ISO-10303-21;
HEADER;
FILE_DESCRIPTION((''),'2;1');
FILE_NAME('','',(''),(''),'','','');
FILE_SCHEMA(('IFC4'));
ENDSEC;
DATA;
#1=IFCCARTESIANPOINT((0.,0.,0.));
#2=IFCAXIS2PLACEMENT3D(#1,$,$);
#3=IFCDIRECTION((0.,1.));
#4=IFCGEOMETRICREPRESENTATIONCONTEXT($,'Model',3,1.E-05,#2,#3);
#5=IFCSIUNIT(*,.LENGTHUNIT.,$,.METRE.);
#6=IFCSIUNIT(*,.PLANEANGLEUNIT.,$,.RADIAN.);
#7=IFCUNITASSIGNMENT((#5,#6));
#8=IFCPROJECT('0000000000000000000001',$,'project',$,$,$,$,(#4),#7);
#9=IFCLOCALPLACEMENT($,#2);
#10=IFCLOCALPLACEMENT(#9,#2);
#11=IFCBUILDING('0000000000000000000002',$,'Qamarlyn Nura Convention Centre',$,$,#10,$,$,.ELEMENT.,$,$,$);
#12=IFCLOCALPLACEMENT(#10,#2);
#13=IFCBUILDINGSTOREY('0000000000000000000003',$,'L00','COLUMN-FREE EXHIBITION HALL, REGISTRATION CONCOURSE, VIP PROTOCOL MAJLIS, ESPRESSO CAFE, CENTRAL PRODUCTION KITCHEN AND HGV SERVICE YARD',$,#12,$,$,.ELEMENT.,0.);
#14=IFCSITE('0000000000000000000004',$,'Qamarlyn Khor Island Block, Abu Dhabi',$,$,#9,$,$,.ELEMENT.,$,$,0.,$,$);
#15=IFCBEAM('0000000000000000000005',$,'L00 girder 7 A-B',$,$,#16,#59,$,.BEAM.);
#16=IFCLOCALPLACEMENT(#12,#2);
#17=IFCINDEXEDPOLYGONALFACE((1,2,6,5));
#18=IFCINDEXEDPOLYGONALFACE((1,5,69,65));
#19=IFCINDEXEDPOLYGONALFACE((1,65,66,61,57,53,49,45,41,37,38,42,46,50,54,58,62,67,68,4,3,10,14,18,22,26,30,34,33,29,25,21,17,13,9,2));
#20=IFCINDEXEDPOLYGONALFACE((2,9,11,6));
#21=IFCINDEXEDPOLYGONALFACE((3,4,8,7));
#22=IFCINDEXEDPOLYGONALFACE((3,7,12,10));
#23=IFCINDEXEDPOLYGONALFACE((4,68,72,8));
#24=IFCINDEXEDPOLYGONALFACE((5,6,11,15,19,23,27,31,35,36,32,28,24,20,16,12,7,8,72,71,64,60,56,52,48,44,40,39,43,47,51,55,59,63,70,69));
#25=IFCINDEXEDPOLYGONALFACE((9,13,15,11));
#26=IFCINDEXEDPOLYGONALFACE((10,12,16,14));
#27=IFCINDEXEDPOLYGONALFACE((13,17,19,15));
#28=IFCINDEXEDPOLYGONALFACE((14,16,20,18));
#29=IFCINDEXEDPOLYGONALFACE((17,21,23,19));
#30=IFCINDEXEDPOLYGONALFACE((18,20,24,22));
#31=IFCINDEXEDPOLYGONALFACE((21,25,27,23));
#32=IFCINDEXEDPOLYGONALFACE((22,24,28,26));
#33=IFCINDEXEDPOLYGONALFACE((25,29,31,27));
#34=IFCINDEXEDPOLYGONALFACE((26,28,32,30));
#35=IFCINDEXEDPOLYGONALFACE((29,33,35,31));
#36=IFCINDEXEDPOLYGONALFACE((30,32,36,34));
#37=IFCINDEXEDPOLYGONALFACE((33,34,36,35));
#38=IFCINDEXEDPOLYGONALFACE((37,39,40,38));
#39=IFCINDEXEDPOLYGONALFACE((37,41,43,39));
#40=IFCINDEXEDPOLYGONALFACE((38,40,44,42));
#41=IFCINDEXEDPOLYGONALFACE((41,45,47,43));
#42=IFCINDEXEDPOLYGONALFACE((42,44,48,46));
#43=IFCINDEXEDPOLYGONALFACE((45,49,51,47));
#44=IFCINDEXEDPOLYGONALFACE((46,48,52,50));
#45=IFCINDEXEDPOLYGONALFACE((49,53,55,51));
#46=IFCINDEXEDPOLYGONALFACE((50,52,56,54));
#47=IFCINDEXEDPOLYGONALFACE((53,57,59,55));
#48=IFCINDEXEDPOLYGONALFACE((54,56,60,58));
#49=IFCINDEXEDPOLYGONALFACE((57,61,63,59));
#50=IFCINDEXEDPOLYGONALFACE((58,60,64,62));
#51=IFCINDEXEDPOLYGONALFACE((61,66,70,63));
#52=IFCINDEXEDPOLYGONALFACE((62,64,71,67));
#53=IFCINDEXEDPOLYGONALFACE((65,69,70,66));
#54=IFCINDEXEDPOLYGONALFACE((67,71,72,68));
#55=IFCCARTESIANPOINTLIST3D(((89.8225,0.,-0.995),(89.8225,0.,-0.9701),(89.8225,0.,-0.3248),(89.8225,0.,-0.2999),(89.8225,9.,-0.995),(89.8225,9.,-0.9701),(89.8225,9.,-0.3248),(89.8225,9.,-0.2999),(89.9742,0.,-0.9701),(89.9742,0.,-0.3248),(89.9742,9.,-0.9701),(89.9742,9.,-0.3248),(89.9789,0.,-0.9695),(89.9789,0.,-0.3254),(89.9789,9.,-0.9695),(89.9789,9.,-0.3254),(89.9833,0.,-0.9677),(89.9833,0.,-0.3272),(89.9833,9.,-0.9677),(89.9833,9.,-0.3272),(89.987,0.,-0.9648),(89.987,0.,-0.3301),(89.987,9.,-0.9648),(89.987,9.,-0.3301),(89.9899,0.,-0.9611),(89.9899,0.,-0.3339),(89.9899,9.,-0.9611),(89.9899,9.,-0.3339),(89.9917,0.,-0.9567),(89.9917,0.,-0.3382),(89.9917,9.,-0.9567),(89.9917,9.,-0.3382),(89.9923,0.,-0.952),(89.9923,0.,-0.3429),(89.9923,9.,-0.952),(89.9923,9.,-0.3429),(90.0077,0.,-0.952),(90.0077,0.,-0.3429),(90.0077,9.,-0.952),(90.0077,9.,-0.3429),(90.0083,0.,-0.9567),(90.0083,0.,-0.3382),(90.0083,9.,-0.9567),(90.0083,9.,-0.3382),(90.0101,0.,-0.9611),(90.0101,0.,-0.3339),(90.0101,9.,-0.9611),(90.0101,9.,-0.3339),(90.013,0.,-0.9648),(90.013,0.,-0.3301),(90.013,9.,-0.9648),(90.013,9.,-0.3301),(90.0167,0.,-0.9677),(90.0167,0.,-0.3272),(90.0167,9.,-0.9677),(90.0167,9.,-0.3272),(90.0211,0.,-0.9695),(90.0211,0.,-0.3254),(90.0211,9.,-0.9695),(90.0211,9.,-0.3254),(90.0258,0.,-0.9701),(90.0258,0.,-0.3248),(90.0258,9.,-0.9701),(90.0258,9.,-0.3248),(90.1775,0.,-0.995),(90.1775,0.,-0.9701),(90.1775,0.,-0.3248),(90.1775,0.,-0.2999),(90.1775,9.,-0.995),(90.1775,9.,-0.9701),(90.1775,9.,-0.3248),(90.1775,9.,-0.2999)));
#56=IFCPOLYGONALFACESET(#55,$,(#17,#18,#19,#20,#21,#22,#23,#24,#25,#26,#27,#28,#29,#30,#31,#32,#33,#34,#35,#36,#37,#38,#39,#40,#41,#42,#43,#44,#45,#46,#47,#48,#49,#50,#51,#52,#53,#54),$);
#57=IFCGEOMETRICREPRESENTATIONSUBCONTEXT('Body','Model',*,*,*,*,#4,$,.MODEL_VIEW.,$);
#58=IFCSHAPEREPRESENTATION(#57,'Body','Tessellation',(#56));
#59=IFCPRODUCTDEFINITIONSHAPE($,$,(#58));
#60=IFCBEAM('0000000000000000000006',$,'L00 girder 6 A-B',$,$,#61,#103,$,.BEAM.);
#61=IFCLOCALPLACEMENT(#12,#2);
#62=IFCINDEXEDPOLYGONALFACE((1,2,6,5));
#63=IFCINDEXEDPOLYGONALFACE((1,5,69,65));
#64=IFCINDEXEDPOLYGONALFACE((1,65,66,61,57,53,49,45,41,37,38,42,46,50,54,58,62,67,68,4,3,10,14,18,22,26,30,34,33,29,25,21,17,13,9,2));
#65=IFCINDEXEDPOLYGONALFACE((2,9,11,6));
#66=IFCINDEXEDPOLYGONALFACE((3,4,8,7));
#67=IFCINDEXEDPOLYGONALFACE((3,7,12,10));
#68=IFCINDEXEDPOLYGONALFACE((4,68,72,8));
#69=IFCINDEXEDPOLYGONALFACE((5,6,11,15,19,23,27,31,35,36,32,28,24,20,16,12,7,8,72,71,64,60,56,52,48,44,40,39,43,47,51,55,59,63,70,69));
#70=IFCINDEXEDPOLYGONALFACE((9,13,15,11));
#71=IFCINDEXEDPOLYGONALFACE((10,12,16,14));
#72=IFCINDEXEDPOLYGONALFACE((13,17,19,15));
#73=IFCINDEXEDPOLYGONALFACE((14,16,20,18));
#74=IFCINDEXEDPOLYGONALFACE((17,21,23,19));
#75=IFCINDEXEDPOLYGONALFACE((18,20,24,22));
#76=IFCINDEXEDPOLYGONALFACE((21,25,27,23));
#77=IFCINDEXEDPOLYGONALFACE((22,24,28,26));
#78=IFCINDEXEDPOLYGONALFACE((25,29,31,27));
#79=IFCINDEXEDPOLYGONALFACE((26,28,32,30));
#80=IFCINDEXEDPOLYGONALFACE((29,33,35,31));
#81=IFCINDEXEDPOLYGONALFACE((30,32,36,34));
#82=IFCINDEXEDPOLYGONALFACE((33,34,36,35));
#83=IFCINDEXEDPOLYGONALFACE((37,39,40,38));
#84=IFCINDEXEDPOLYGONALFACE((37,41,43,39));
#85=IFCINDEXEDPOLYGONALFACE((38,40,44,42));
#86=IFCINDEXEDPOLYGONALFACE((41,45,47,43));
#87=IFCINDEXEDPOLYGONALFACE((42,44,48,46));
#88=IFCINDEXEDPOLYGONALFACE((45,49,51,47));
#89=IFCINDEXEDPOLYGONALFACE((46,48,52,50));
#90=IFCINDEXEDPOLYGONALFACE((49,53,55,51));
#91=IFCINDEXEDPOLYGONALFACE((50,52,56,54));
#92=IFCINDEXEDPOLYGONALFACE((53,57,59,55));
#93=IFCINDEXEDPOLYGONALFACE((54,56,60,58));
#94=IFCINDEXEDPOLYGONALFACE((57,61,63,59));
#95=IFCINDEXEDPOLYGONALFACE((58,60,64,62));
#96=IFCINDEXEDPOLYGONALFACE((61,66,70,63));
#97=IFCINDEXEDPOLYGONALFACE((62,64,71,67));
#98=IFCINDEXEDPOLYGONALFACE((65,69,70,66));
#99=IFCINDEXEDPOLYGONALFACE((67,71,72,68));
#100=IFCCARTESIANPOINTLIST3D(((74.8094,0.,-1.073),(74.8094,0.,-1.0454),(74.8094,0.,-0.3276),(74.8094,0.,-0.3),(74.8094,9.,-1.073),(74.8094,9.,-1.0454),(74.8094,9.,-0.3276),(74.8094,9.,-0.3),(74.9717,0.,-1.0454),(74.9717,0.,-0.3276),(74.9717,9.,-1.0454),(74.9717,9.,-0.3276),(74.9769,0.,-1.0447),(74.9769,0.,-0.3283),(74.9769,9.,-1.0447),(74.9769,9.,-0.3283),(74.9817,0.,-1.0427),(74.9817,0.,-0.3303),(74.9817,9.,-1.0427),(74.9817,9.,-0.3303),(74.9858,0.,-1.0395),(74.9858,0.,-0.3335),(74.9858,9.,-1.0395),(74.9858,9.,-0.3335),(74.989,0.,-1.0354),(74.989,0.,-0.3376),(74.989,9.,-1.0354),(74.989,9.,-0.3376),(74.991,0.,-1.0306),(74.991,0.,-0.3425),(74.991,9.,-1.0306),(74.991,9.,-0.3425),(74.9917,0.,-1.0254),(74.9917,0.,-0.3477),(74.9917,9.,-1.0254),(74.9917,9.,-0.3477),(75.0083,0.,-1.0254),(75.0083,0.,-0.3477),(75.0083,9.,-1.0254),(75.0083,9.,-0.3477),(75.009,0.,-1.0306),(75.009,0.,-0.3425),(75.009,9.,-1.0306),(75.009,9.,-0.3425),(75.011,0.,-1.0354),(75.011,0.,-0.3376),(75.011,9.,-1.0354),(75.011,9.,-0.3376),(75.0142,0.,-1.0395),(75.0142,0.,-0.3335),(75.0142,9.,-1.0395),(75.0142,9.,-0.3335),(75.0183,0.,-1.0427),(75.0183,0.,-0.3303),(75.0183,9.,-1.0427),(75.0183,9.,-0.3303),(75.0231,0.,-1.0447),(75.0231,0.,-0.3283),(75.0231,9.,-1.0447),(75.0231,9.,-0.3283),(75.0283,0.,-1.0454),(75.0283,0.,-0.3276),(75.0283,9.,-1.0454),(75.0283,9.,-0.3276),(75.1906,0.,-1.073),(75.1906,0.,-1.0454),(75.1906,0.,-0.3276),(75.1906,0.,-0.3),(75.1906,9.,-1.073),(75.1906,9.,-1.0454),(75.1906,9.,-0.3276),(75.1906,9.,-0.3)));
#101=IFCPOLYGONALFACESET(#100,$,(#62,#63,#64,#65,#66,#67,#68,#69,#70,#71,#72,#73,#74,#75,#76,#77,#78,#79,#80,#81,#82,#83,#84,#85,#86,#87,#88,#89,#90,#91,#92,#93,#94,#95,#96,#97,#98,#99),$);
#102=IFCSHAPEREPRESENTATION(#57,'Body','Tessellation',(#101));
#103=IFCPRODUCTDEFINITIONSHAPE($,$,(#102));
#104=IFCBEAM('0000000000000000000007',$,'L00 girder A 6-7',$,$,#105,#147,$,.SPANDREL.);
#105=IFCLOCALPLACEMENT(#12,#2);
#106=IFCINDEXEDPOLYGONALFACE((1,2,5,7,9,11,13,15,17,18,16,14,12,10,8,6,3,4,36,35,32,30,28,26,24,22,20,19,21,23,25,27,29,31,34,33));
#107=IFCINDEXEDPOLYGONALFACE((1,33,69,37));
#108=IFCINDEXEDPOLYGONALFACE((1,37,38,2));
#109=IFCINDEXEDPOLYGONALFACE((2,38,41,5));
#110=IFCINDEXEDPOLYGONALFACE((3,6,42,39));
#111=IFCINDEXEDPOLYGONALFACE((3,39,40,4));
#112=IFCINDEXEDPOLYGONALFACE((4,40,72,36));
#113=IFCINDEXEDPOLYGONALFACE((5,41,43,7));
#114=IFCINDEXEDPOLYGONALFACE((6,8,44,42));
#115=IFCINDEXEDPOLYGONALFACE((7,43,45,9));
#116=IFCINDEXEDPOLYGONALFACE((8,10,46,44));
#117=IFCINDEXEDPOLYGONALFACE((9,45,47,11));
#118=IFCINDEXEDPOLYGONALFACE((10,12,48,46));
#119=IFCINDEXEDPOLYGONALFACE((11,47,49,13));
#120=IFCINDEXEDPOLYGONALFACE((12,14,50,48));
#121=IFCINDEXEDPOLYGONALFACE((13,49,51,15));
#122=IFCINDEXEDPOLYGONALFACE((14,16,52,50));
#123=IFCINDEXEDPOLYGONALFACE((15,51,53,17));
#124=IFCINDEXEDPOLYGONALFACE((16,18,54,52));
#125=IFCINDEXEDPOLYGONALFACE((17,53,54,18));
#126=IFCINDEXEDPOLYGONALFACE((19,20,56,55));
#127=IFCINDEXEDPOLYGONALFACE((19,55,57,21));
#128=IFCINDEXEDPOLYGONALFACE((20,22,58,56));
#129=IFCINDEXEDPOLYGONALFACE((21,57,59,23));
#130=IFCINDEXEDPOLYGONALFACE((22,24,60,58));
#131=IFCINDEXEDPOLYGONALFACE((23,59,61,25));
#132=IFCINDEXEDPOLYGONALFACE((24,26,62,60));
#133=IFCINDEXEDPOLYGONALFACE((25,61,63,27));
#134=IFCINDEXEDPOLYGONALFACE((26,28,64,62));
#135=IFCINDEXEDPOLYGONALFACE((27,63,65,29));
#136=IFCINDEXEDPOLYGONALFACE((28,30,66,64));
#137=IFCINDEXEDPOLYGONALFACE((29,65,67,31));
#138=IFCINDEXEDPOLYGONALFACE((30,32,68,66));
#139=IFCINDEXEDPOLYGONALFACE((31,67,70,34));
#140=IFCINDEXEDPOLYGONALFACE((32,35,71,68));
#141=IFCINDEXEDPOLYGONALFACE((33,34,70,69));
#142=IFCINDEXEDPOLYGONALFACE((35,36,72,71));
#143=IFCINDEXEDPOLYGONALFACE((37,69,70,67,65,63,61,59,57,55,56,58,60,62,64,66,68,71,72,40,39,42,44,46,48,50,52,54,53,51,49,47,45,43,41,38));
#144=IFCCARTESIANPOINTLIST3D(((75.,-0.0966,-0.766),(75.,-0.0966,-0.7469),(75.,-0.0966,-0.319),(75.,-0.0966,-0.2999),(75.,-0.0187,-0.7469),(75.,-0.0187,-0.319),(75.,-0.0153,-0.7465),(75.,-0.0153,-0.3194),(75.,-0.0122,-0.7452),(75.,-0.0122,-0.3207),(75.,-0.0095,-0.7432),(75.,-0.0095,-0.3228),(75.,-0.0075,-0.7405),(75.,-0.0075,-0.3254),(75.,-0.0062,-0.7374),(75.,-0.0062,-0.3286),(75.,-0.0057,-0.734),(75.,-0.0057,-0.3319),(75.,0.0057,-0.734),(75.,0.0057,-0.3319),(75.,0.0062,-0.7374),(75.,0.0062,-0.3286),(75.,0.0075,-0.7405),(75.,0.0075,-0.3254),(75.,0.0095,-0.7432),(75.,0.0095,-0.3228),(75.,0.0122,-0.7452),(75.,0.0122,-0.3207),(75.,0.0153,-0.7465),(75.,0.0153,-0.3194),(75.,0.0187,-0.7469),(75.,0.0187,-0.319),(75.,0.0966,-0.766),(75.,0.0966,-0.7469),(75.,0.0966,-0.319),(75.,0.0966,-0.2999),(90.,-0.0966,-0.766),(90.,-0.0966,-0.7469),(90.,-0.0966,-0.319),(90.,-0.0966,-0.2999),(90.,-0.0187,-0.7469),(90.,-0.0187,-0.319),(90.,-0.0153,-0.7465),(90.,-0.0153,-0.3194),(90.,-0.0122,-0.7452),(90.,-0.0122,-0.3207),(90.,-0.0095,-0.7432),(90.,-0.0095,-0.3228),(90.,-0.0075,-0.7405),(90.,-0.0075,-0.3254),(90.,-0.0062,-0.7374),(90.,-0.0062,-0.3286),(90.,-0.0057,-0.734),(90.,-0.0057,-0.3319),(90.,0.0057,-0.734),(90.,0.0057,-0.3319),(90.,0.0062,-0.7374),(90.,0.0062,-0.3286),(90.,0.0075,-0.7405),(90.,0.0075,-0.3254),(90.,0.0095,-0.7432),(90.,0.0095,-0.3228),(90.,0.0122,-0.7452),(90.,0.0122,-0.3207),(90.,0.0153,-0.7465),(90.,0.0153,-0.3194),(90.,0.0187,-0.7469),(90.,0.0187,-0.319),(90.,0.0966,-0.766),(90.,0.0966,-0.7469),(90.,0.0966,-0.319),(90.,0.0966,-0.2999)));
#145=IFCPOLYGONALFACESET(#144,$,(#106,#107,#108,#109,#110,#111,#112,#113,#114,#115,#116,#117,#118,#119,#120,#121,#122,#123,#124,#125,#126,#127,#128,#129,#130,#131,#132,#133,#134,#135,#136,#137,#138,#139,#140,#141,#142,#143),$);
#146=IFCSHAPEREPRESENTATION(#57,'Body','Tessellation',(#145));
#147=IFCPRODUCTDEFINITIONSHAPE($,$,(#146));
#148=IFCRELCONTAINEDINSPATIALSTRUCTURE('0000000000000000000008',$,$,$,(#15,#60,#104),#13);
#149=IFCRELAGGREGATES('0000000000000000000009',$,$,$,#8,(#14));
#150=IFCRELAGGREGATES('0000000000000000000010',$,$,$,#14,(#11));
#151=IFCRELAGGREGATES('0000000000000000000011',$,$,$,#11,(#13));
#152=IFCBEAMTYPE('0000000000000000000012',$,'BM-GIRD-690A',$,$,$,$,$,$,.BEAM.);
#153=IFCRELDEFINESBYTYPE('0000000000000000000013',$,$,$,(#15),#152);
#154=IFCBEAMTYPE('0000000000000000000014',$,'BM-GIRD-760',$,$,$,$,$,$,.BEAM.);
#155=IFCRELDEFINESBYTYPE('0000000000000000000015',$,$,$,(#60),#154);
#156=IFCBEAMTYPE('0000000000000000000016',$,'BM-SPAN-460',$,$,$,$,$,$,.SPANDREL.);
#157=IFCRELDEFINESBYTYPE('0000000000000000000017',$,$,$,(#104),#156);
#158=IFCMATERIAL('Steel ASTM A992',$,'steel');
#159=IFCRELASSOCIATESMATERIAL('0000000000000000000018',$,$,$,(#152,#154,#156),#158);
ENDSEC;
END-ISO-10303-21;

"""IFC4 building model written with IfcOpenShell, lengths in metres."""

from ifc_helpers import new_model, si_unit, direction, frame, origin, origin_2d, place, context, subcontext, project, spatial, i_section, extrude, material, material_profile, profile_set, type_object, element, save


model = new_model("IFC4")

# Units and contexts
model_context = context("Model", 3, precision=1e-05, world=origin(), true_north=direction((0.0, 1.0)))
body_context = subcontext(model_context, "Body", "Model", "MODEL_VIEW")
ifc_project = project(units=[si_unit("LENGTHUNIT", "METRE"), si_unit("PLANEANGLEUNIT", "RADIAN")], contexts=[model_context])

# Site, building, storey
site_placement = place(None, origin())
site = spatial("IfcSite", under=ifc_project, at=site_placement, Name="Qamarlyn Khor Island Block, Abu Dhabi", CompositionType="ELEMENT", RefElevation=0.0)
building_placement = place(site_placement, origin())
building = spatial("IfcBuilding", under=site, at=building_placement, Name="Qamarlyn Nura Convention Centre", CompositionType="ELEMENT")
storey_placement = place(building_placement, origin())
storey = spatial("IfcBuildingStorey", under=building, at=storey_placement, Name="L00", Description="COLUMN-FREE EXHIBITION HALL, REGISTRATION CONCOURSE, VIP PROTOCOL MAJLIS, ESPRESSO CAFE, CENTRAL PRODUCTION KITCHEN AND HGV SERVICE YARD", CompositionType="ELEMENT", Elevation=0.0)

# Shared definitions
ifc_material_1 = material(Name="Steel ASTM A992", Category="steel")

# Beams
ifc_material_profile_1 = material_profile(ifc_material_1, i_section(OverallWidth=0.355, OverallDepth=0.6951, WebThickness=0.0154, FlangeThickness=0.0249, FilletRadius=0.0181, at=origin_2d()), Name="W690X217")
ifc_profile_set_1 = profile_set([ifc_material_profile_1], Name="Steel ASTM A992")
beam_type_1 = type_object("IfcBeamType", Name="BM-GIRD-690A", PredefinedType="BEAM", material=ifc_profile_set_1)
beam_1_placement = place(storey_placement, frame((90.0, 0.0, -0.6475), z_axis=(0.0, 1.0, 0.0), x_axis=(-1.0, 0.0, 0.0)))
element("IfcBeam", 1, at=beam_1_placement, inside=storey, type_object=beam_type_1, Name="L00 girder 7 A-B", PredefinedType="BEAM", context=body_context, shape_type="SweptSolid", body=[
    extrude(i_section(OverallWidth=0.355, OverallDepth=0.6951, WebThickness=0.0154, FlangeThickness=0.0249, FilletRadius=0.0181, at=origin_2d()), origin(), (0.0, 0.0, 1.0), 9.0),
])
ifc_material_profile_2 = material_profile(ifc_material_1, i_section(OverallWidth=0.3811, OverallDepth=0.7729, WebThickness=0.0166, FlangeThickness=0.0276, FilletRadius=0.02, at=origin_2d()), Name="W760X257")
ifc_profile_set_2 = profile_set([ifc_material_profile_2], Name="Steel ASTM A992")
beam_type_2 = type_object("IfcBeamType", Name="BM-GIRD-760", PredefinedType="BEAM", material=ifc_profile_set_2)
beam_2_placement = place(storey_placement, frame((75.0, 0.0, -0.6865), z_axis=(0.0, 1.0, 0.0), x_axis=(-1.0, 0.0, 0.0)))
element("IfcBeam", 2, at=beam_2_placement, inside=storey, type_object=beam_type_2, Name="L00 girder 6 A-B", PredefinedType="BEAM", context=body_context, shape_type="SweptSolid", body=[
    extrude(i_section(OverallWidth=0.3811, OverallDepth=0.7729, WebThickness=0.0166, FlangeThickness=0.0276, FilletRadius=0.02, at=origin_2d()), origin(), (0.0, 0.0, 1.0), 9.0),
])
ifc_material_profile_3 = material_profile(ifc_material_1, i_section(OverallWidth=0.1931, OverallDepth=0.4661, WebThickness=0.0115, FlangeThickness=0.019, FilletRadius=0.0129, at=origin_2d()), Name="W460X97")
ifc_profile_set_3 = profile_set([ifc_material_profile_3], Name="Steel ASTM A992")
beam_type_3 = type_object("IfcBeamType", Name="BM-SPAN-460", PredefinedType="SPANDREL", material=ifc_profile_set_3)
beam_3_placement = place(storey_placement, frame((75.0, 0.0, -0.533), z_axis=(1.0, 0.0, 0.0), x_axis=(0.0, 1.0, 0.0)))
element("IfcBeam", 3, at=beam_3_placement, inside=storey, type_object=beam_type_3, Name="L00 girder A 6-7", PredefinedType="SPANDREL", context=body_context, shape_type="SweptSolid", body=[
    extrude(i_section(OverallWidth=0.1931, OverallDepth=0.4661, WebThickness=0.0115, FlangeThickness=0.019, FilletRadius=0.0129, at=origin_2d()), origin(), (0.0, 0.0, 1.0), 15.0),
])

save(model, "model.ifc")
